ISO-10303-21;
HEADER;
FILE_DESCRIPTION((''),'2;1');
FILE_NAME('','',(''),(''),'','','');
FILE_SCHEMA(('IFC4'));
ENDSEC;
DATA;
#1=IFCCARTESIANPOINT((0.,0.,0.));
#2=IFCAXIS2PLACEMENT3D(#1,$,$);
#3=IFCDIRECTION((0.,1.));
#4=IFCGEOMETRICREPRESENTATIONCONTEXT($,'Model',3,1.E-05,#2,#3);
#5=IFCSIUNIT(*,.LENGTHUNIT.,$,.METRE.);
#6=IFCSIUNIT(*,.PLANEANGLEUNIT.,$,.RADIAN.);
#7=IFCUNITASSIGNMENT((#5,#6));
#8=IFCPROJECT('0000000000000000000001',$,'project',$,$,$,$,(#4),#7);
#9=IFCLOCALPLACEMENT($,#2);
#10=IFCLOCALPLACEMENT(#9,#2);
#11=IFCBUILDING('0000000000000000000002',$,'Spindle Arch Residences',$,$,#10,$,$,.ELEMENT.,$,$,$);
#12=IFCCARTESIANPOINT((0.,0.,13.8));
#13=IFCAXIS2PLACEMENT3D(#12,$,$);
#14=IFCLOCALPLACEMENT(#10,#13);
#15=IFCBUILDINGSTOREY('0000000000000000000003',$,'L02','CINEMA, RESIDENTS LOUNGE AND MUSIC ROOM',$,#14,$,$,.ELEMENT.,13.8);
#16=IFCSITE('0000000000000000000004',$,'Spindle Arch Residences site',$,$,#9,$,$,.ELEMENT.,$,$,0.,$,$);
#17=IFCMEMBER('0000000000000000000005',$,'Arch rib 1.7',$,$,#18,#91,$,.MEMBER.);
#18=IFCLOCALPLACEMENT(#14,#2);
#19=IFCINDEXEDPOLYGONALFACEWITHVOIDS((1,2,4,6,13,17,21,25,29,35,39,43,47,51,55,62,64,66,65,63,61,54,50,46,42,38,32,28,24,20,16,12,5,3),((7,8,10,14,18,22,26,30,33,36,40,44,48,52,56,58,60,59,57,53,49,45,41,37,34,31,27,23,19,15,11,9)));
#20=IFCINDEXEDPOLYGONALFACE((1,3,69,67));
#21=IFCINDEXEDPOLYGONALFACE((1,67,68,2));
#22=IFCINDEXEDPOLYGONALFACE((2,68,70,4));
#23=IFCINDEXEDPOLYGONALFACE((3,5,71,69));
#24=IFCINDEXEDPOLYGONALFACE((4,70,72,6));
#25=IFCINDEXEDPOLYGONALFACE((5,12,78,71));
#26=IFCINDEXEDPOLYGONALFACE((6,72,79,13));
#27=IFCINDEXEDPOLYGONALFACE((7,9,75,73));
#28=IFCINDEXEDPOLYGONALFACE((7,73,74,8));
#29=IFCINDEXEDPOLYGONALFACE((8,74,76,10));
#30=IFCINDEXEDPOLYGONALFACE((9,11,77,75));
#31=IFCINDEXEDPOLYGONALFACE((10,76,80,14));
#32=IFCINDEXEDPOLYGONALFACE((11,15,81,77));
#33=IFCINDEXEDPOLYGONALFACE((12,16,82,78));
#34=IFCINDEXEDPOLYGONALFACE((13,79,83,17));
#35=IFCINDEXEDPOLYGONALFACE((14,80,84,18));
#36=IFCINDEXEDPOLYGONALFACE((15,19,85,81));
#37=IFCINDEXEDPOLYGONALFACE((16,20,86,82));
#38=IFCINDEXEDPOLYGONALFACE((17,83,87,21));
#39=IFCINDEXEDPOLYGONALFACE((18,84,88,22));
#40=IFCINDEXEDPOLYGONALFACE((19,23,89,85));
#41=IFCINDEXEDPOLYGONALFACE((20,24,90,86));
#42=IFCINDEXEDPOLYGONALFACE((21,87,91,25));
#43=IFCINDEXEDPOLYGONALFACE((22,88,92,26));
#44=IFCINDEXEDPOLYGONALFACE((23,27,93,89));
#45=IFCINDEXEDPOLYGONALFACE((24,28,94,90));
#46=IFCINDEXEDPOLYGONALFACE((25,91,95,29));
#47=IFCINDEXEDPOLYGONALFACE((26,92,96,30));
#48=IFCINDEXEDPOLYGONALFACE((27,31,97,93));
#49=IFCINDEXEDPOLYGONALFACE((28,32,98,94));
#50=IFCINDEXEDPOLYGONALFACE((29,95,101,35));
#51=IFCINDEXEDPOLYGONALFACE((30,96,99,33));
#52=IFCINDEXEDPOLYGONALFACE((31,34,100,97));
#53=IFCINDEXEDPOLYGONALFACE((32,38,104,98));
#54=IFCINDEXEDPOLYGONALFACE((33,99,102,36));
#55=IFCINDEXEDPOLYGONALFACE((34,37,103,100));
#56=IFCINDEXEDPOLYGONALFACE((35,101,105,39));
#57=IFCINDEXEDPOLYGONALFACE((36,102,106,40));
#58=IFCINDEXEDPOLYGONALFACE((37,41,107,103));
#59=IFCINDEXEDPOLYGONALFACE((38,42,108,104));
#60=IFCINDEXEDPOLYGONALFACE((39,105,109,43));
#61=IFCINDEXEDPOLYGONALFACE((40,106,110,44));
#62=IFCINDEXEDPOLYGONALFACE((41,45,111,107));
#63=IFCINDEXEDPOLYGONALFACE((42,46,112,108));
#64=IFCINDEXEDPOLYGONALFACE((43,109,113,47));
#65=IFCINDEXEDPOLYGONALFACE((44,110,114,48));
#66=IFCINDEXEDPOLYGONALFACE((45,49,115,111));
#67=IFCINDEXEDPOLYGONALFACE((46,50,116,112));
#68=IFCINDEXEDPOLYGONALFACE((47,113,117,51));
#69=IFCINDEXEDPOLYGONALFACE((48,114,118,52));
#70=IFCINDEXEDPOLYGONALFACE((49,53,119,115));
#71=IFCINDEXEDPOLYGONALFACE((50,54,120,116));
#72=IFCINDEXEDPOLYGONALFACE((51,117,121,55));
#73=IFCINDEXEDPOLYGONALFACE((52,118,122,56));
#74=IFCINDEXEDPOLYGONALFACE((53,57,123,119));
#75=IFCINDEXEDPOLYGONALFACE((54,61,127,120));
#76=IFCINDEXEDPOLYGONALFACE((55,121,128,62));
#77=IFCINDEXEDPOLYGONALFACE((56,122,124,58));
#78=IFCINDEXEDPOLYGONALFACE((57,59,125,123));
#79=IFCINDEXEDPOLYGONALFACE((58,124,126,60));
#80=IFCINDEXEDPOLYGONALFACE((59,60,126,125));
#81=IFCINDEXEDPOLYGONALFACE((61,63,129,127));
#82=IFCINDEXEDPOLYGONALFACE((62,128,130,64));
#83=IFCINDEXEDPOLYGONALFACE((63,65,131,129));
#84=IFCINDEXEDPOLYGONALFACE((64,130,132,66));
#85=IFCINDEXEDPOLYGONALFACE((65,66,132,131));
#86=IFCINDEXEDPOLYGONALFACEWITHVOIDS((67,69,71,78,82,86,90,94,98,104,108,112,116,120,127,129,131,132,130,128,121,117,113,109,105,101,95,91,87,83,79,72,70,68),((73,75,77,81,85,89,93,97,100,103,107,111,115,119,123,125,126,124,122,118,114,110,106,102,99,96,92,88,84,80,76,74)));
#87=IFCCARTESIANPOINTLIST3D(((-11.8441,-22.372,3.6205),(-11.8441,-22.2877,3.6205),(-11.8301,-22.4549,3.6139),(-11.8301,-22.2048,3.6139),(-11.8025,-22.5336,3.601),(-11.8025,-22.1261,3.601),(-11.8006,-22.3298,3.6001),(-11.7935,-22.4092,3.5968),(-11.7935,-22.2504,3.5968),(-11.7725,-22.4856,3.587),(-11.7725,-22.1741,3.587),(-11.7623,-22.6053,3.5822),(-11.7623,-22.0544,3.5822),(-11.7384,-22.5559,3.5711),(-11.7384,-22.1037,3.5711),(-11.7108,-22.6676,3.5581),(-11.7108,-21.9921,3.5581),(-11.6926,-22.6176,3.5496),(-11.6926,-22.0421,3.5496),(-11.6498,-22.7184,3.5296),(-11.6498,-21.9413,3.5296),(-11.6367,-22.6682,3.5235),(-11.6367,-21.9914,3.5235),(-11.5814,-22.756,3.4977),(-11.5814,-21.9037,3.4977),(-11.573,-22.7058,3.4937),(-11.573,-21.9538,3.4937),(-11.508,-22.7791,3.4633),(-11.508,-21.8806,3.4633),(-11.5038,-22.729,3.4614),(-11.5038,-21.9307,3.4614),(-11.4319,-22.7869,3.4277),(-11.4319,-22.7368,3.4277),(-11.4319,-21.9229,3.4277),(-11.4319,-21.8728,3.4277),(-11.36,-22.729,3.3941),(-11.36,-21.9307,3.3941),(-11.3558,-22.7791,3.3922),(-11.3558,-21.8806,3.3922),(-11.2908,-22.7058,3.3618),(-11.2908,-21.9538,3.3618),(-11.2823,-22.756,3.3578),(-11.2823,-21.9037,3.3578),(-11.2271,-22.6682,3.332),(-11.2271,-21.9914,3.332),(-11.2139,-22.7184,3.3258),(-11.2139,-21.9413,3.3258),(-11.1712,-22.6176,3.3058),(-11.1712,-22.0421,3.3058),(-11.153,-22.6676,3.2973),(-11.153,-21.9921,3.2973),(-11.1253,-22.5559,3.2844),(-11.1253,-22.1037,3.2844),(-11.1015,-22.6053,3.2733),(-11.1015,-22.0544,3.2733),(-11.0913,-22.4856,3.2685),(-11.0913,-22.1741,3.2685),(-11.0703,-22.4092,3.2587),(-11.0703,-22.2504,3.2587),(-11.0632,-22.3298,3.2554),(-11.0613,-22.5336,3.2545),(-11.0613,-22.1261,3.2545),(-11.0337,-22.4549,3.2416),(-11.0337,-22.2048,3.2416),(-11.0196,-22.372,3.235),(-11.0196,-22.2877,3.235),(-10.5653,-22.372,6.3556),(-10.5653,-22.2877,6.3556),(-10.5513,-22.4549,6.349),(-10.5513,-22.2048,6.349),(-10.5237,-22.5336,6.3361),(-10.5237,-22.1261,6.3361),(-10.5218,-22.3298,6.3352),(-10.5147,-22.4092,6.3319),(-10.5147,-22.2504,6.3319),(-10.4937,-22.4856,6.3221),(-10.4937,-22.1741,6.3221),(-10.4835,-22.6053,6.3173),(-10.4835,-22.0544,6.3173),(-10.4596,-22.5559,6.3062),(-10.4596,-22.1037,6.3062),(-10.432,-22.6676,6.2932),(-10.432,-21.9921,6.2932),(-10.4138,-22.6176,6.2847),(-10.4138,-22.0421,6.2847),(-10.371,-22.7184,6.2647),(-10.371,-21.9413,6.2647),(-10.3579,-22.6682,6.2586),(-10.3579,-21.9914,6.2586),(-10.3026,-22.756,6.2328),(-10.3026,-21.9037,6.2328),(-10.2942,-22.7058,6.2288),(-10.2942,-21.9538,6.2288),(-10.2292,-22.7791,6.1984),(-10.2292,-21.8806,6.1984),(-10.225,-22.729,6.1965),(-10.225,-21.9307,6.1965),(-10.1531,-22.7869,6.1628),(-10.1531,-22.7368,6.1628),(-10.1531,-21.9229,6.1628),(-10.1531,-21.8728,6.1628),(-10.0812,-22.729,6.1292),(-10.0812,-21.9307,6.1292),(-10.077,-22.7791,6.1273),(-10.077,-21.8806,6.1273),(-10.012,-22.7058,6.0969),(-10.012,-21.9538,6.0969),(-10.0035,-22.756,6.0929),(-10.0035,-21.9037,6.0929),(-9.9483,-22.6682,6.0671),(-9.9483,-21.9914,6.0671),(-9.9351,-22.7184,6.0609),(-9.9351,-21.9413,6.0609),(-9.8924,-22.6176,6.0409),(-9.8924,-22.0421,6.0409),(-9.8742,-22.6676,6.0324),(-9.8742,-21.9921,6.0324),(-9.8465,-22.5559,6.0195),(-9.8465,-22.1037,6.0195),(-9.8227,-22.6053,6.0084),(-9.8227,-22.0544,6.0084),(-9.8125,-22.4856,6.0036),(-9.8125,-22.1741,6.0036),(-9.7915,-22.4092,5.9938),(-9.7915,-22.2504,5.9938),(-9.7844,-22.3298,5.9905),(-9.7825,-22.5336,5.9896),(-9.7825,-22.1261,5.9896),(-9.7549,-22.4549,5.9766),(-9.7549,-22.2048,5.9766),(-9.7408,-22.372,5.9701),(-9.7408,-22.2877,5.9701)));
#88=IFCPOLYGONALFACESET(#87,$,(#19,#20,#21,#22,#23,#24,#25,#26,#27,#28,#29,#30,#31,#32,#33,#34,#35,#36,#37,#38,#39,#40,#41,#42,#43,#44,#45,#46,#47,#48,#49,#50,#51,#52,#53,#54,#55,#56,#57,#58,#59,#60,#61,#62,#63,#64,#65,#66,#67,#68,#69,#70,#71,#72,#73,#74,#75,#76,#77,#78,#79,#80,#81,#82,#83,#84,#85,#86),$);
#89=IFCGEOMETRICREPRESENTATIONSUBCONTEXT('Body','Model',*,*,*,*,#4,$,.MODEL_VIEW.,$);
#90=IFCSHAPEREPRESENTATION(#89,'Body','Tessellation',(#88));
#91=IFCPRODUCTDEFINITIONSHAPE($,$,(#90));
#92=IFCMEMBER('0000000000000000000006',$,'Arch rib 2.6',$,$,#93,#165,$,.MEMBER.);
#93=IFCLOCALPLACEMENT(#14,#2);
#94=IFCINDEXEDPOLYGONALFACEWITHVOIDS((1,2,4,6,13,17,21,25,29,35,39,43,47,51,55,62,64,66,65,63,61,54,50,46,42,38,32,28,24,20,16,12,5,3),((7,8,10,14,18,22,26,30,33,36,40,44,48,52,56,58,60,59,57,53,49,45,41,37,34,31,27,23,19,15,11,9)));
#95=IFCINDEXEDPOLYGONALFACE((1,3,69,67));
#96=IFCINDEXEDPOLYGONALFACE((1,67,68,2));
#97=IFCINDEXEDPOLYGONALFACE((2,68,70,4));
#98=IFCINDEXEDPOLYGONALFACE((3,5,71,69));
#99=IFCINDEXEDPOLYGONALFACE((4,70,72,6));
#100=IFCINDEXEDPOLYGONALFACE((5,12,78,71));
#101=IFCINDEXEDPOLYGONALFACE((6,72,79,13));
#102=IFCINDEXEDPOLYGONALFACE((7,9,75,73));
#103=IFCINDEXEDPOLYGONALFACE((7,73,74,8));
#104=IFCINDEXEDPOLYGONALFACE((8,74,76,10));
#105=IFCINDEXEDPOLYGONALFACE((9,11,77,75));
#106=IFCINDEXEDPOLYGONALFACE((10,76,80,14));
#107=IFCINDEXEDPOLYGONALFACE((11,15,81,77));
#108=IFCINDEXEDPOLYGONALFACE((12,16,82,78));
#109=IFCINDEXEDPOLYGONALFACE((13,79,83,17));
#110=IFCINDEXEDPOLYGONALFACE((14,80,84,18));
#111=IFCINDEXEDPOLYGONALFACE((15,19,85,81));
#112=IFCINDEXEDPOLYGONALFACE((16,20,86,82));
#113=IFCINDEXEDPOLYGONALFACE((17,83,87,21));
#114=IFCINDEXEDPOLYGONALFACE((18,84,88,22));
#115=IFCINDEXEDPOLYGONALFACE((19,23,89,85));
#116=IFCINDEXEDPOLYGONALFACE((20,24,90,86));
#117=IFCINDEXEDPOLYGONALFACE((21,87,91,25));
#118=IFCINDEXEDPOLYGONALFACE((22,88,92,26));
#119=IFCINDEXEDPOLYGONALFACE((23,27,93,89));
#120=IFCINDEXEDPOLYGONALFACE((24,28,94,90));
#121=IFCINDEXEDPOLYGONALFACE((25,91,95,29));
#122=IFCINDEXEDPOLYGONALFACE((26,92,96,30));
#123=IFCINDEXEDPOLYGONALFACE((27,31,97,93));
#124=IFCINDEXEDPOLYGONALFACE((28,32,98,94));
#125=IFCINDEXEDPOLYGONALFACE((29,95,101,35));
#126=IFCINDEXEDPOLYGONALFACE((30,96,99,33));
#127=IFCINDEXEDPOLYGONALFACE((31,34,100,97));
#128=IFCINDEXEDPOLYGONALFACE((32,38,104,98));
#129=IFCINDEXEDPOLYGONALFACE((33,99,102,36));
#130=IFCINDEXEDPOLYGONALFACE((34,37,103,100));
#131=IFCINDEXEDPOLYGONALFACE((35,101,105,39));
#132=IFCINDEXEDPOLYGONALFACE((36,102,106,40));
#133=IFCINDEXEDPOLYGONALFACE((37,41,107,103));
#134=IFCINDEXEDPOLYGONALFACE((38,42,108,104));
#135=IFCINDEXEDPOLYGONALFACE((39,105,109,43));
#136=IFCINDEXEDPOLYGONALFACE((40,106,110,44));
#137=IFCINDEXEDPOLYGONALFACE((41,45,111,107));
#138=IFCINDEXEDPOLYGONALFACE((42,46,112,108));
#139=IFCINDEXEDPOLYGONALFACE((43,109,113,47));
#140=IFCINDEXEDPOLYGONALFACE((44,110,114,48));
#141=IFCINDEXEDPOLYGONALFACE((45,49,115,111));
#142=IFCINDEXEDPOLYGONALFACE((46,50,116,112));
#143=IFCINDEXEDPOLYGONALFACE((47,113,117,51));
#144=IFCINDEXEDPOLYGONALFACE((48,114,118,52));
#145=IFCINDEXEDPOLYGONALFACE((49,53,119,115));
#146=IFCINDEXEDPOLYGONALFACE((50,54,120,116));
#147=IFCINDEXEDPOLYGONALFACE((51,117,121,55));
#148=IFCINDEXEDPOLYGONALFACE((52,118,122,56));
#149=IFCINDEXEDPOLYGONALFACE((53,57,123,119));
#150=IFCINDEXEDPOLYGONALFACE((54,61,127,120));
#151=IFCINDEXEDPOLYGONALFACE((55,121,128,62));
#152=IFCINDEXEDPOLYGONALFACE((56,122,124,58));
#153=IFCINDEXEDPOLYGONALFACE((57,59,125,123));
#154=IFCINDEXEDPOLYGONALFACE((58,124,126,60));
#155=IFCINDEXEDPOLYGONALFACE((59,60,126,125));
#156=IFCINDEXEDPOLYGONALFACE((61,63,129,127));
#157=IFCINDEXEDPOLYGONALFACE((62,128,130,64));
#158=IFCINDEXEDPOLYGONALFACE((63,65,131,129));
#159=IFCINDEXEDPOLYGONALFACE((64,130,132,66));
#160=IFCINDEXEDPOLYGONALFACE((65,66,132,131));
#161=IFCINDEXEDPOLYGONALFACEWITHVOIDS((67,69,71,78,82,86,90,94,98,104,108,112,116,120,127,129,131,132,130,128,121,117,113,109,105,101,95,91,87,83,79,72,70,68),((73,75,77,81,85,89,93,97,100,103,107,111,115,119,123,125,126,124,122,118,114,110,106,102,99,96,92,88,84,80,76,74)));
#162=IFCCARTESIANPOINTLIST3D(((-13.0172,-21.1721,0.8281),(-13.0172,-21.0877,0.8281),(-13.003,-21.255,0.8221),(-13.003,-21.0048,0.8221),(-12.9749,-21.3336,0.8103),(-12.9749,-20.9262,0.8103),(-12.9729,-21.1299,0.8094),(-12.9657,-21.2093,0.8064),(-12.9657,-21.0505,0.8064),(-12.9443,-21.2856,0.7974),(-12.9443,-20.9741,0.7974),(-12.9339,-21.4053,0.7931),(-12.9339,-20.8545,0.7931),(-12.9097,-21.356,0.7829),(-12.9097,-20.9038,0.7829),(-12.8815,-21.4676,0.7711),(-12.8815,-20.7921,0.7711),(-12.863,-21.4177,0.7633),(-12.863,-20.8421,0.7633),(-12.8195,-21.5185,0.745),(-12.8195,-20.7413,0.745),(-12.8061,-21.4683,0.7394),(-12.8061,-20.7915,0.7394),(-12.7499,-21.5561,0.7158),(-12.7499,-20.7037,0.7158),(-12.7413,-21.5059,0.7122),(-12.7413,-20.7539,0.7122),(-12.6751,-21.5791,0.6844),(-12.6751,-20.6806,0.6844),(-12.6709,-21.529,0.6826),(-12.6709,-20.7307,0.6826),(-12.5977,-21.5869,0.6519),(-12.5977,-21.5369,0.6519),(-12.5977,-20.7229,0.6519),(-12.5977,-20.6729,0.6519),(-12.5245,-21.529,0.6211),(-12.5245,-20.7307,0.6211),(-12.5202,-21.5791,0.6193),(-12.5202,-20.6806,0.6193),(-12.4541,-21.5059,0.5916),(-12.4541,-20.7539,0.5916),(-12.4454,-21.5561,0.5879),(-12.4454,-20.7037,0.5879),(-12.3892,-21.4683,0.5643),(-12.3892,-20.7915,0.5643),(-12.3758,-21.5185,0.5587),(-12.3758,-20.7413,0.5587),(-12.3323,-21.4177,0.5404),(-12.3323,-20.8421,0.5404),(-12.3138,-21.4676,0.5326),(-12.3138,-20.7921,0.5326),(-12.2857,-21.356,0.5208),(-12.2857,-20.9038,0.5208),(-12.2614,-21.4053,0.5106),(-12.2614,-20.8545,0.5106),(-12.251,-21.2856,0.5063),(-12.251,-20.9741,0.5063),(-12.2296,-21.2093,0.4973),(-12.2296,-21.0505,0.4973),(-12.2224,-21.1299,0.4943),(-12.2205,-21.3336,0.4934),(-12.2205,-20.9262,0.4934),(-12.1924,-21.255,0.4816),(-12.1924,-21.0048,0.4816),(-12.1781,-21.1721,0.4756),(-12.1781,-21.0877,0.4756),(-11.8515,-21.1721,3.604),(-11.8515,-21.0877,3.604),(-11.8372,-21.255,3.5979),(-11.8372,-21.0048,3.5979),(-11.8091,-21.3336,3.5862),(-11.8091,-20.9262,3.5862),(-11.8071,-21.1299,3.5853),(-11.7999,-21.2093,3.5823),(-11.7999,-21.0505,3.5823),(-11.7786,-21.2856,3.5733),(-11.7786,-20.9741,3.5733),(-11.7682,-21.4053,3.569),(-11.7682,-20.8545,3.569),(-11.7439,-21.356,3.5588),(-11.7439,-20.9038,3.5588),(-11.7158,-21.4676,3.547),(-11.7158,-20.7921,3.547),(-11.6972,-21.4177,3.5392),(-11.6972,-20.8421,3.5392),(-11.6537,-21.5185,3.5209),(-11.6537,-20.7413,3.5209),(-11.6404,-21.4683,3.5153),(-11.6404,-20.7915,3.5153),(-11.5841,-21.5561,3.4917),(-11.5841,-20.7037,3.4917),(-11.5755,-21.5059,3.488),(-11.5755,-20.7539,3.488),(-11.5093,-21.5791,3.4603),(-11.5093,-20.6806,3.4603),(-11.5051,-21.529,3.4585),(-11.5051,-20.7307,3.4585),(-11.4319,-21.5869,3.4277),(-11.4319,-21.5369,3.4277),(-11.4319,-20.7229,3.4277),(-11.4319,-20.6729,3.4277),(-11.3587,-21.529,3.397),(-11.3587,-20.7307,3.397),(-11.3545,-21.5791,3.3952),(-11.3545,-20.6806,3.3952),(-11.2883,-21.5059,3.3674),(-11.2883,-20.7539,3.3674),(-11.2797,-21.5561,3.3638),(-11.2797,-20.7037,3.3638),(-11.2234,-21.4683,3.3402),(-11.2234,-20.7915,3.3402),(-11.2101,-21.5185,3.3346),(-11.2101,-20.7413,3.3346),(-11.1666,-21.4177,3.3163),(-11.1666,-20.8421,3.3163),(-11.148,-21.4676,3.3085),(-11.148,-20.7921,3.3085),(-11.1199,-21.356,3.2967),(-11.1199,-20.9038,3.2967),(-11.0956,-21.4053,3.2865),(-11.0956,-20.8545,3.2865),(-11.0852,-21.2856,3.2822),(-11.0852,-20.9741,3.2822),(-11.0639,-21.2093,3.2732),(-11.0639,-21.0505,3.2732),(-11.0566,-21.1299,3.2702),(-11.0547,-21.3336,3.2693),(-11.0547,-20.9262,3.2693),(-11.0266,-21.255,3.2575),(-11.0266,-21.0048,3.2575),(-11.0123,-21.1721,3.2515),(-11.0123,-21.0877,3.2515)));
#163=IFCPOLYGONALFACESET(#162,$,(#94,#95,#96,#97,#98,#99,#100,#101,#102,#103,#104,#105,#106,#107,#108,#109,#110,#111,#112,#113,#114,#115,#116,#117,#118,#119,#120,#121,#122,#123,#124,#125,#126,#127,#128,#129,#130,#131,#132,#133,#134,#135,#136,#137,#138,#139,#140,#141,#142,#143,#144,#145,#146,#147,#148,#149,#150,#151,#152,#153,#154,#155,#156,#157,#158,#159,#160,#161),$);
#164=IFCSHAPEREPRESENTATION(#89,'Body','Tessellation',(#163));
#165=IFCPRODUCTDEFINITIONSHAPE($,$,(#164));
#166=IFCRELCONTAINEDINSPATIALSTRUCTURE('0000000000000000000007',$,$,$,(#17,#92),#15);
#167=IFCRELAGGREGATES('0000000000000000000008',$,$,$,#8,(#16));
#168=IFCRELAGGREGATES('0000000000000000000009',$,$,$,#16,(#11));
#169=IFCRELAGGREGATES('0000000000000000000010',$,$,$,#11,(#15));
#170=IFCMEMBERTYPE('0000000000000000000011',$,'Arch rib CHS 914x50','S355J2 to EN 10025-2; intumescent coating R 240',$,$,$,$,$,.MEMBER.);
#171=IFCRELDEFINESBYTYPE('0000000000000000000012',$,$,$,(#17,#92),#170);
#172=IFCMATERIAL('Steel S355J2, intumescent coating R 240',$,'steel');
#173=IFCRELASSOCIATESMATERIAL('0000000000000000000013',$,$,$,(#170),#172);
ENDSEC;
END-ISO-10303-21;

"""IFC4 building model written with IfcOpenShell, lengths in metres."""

from ifc_helpers import new_model, si_unit, direction, frame, origin, origin_2d, place, context, subcontext, project, spatial, hollow_circle, extrude, material, material_profile, profile_set, type_object, element, save


model = new_model("IFC4")

# Units and contexts
model_context = context("Model", 3, precision=1e-05, world=origin(), true_north=direction((0.0, 1.0)))
body_context = subcontext(model_context, "Body", "Model", "MODEL_VIEW")
ifc_project = project(units=[si_unit("LENGTHUNIT", "METRE"), si_unit("PLANEANGLEUNIT", "RADIAN")], contexts=[model_context])

# Site, building, storey
site_placement = place(None, origin())
site = spatial("IfcSite", under=ifc_project, at=site_placement, Name="Spindle Arch Residences site", CompositionType="ELEMENT", RefElevation=0.0)
building_placement = place(site_placement, origin())
building = spatial("IfcBuilding", under=site, at=building_placement, Name="Spindle Arch Residences", CompositionType="ELEMENT")
storey_placement = place(building_placement, frame((0.0, 0.0, 13.8)))
storey = spatial("IfcBuildingStorey", under=building, at=storey_placement, Name="L02", Description="CINEMA, RESIDENTS LOUNGE AND MUSIC ROOM", CompositionType="ELEMENT", Elevation=13.8)

# Members
ifc_material_1 = material(Name="Steel S355J2, intumescent coating R 240", Category="steel")
ifc_material_profile_1 = material_profile(ifc_material_1, hollow_circle(Radius=0.457, WallThickness=0.05, at=origin_2d()), Name="CHS 914x50")
ifc_profile_set_1 = profile_set([ifc_material_profile_1], Name="Steel S355J2, intumescent coating R 240")
member_type_1 = type_object("IfcMemberType", Name="Arch rib CHS 914x50", Description="S355J2 to EN 10025-2; intumescent coating R 240", PredefinedType="MEMBER", material=ifc_profile_set_1)
member_1_placement = place(storey_placement, frame((-11.4319, -22.3298, 3.4277), z_axis=(0.423545, 0.0, 0.905875), x_axis=(0.0, 1.0, 0.0)))
element("IfcMember", 1, at=member_1_placement, inside=storey, type_object=member_type_1, Name="Arch rib 1.7", PredefinedType="MEMBER", context=body_context, shape_type="SweptSolid", body=[
    extrude(hollow_circle(Radius=0.457, WallThickness=0.05, at=origin_2d()), origin(), (0.0, 0.0, 1.0), 3.0193),
])
member_2_placement = place(storey_placement, frame((-12.5977, -21.1299, 0.6519), z_axis=(0.387205, 0.0, 0.921994), x_axis=(0.0, 1.0, 0.0)))
element("IfcMember", 2, at=member_2_placement, inside=storey, type_object=member_type_1, Name="Arch rib 2.6", PredefinedType="MEMBER", context=body_context, shape_type="SweptSolid", body=[
    extrude(hollow_circle(Radius=0.457, WallThickness=0.05, at=origin_2d()), origin(), (0.0, 0.0, 1.0), 3.0107),
])

save(model, "model.ifc")
